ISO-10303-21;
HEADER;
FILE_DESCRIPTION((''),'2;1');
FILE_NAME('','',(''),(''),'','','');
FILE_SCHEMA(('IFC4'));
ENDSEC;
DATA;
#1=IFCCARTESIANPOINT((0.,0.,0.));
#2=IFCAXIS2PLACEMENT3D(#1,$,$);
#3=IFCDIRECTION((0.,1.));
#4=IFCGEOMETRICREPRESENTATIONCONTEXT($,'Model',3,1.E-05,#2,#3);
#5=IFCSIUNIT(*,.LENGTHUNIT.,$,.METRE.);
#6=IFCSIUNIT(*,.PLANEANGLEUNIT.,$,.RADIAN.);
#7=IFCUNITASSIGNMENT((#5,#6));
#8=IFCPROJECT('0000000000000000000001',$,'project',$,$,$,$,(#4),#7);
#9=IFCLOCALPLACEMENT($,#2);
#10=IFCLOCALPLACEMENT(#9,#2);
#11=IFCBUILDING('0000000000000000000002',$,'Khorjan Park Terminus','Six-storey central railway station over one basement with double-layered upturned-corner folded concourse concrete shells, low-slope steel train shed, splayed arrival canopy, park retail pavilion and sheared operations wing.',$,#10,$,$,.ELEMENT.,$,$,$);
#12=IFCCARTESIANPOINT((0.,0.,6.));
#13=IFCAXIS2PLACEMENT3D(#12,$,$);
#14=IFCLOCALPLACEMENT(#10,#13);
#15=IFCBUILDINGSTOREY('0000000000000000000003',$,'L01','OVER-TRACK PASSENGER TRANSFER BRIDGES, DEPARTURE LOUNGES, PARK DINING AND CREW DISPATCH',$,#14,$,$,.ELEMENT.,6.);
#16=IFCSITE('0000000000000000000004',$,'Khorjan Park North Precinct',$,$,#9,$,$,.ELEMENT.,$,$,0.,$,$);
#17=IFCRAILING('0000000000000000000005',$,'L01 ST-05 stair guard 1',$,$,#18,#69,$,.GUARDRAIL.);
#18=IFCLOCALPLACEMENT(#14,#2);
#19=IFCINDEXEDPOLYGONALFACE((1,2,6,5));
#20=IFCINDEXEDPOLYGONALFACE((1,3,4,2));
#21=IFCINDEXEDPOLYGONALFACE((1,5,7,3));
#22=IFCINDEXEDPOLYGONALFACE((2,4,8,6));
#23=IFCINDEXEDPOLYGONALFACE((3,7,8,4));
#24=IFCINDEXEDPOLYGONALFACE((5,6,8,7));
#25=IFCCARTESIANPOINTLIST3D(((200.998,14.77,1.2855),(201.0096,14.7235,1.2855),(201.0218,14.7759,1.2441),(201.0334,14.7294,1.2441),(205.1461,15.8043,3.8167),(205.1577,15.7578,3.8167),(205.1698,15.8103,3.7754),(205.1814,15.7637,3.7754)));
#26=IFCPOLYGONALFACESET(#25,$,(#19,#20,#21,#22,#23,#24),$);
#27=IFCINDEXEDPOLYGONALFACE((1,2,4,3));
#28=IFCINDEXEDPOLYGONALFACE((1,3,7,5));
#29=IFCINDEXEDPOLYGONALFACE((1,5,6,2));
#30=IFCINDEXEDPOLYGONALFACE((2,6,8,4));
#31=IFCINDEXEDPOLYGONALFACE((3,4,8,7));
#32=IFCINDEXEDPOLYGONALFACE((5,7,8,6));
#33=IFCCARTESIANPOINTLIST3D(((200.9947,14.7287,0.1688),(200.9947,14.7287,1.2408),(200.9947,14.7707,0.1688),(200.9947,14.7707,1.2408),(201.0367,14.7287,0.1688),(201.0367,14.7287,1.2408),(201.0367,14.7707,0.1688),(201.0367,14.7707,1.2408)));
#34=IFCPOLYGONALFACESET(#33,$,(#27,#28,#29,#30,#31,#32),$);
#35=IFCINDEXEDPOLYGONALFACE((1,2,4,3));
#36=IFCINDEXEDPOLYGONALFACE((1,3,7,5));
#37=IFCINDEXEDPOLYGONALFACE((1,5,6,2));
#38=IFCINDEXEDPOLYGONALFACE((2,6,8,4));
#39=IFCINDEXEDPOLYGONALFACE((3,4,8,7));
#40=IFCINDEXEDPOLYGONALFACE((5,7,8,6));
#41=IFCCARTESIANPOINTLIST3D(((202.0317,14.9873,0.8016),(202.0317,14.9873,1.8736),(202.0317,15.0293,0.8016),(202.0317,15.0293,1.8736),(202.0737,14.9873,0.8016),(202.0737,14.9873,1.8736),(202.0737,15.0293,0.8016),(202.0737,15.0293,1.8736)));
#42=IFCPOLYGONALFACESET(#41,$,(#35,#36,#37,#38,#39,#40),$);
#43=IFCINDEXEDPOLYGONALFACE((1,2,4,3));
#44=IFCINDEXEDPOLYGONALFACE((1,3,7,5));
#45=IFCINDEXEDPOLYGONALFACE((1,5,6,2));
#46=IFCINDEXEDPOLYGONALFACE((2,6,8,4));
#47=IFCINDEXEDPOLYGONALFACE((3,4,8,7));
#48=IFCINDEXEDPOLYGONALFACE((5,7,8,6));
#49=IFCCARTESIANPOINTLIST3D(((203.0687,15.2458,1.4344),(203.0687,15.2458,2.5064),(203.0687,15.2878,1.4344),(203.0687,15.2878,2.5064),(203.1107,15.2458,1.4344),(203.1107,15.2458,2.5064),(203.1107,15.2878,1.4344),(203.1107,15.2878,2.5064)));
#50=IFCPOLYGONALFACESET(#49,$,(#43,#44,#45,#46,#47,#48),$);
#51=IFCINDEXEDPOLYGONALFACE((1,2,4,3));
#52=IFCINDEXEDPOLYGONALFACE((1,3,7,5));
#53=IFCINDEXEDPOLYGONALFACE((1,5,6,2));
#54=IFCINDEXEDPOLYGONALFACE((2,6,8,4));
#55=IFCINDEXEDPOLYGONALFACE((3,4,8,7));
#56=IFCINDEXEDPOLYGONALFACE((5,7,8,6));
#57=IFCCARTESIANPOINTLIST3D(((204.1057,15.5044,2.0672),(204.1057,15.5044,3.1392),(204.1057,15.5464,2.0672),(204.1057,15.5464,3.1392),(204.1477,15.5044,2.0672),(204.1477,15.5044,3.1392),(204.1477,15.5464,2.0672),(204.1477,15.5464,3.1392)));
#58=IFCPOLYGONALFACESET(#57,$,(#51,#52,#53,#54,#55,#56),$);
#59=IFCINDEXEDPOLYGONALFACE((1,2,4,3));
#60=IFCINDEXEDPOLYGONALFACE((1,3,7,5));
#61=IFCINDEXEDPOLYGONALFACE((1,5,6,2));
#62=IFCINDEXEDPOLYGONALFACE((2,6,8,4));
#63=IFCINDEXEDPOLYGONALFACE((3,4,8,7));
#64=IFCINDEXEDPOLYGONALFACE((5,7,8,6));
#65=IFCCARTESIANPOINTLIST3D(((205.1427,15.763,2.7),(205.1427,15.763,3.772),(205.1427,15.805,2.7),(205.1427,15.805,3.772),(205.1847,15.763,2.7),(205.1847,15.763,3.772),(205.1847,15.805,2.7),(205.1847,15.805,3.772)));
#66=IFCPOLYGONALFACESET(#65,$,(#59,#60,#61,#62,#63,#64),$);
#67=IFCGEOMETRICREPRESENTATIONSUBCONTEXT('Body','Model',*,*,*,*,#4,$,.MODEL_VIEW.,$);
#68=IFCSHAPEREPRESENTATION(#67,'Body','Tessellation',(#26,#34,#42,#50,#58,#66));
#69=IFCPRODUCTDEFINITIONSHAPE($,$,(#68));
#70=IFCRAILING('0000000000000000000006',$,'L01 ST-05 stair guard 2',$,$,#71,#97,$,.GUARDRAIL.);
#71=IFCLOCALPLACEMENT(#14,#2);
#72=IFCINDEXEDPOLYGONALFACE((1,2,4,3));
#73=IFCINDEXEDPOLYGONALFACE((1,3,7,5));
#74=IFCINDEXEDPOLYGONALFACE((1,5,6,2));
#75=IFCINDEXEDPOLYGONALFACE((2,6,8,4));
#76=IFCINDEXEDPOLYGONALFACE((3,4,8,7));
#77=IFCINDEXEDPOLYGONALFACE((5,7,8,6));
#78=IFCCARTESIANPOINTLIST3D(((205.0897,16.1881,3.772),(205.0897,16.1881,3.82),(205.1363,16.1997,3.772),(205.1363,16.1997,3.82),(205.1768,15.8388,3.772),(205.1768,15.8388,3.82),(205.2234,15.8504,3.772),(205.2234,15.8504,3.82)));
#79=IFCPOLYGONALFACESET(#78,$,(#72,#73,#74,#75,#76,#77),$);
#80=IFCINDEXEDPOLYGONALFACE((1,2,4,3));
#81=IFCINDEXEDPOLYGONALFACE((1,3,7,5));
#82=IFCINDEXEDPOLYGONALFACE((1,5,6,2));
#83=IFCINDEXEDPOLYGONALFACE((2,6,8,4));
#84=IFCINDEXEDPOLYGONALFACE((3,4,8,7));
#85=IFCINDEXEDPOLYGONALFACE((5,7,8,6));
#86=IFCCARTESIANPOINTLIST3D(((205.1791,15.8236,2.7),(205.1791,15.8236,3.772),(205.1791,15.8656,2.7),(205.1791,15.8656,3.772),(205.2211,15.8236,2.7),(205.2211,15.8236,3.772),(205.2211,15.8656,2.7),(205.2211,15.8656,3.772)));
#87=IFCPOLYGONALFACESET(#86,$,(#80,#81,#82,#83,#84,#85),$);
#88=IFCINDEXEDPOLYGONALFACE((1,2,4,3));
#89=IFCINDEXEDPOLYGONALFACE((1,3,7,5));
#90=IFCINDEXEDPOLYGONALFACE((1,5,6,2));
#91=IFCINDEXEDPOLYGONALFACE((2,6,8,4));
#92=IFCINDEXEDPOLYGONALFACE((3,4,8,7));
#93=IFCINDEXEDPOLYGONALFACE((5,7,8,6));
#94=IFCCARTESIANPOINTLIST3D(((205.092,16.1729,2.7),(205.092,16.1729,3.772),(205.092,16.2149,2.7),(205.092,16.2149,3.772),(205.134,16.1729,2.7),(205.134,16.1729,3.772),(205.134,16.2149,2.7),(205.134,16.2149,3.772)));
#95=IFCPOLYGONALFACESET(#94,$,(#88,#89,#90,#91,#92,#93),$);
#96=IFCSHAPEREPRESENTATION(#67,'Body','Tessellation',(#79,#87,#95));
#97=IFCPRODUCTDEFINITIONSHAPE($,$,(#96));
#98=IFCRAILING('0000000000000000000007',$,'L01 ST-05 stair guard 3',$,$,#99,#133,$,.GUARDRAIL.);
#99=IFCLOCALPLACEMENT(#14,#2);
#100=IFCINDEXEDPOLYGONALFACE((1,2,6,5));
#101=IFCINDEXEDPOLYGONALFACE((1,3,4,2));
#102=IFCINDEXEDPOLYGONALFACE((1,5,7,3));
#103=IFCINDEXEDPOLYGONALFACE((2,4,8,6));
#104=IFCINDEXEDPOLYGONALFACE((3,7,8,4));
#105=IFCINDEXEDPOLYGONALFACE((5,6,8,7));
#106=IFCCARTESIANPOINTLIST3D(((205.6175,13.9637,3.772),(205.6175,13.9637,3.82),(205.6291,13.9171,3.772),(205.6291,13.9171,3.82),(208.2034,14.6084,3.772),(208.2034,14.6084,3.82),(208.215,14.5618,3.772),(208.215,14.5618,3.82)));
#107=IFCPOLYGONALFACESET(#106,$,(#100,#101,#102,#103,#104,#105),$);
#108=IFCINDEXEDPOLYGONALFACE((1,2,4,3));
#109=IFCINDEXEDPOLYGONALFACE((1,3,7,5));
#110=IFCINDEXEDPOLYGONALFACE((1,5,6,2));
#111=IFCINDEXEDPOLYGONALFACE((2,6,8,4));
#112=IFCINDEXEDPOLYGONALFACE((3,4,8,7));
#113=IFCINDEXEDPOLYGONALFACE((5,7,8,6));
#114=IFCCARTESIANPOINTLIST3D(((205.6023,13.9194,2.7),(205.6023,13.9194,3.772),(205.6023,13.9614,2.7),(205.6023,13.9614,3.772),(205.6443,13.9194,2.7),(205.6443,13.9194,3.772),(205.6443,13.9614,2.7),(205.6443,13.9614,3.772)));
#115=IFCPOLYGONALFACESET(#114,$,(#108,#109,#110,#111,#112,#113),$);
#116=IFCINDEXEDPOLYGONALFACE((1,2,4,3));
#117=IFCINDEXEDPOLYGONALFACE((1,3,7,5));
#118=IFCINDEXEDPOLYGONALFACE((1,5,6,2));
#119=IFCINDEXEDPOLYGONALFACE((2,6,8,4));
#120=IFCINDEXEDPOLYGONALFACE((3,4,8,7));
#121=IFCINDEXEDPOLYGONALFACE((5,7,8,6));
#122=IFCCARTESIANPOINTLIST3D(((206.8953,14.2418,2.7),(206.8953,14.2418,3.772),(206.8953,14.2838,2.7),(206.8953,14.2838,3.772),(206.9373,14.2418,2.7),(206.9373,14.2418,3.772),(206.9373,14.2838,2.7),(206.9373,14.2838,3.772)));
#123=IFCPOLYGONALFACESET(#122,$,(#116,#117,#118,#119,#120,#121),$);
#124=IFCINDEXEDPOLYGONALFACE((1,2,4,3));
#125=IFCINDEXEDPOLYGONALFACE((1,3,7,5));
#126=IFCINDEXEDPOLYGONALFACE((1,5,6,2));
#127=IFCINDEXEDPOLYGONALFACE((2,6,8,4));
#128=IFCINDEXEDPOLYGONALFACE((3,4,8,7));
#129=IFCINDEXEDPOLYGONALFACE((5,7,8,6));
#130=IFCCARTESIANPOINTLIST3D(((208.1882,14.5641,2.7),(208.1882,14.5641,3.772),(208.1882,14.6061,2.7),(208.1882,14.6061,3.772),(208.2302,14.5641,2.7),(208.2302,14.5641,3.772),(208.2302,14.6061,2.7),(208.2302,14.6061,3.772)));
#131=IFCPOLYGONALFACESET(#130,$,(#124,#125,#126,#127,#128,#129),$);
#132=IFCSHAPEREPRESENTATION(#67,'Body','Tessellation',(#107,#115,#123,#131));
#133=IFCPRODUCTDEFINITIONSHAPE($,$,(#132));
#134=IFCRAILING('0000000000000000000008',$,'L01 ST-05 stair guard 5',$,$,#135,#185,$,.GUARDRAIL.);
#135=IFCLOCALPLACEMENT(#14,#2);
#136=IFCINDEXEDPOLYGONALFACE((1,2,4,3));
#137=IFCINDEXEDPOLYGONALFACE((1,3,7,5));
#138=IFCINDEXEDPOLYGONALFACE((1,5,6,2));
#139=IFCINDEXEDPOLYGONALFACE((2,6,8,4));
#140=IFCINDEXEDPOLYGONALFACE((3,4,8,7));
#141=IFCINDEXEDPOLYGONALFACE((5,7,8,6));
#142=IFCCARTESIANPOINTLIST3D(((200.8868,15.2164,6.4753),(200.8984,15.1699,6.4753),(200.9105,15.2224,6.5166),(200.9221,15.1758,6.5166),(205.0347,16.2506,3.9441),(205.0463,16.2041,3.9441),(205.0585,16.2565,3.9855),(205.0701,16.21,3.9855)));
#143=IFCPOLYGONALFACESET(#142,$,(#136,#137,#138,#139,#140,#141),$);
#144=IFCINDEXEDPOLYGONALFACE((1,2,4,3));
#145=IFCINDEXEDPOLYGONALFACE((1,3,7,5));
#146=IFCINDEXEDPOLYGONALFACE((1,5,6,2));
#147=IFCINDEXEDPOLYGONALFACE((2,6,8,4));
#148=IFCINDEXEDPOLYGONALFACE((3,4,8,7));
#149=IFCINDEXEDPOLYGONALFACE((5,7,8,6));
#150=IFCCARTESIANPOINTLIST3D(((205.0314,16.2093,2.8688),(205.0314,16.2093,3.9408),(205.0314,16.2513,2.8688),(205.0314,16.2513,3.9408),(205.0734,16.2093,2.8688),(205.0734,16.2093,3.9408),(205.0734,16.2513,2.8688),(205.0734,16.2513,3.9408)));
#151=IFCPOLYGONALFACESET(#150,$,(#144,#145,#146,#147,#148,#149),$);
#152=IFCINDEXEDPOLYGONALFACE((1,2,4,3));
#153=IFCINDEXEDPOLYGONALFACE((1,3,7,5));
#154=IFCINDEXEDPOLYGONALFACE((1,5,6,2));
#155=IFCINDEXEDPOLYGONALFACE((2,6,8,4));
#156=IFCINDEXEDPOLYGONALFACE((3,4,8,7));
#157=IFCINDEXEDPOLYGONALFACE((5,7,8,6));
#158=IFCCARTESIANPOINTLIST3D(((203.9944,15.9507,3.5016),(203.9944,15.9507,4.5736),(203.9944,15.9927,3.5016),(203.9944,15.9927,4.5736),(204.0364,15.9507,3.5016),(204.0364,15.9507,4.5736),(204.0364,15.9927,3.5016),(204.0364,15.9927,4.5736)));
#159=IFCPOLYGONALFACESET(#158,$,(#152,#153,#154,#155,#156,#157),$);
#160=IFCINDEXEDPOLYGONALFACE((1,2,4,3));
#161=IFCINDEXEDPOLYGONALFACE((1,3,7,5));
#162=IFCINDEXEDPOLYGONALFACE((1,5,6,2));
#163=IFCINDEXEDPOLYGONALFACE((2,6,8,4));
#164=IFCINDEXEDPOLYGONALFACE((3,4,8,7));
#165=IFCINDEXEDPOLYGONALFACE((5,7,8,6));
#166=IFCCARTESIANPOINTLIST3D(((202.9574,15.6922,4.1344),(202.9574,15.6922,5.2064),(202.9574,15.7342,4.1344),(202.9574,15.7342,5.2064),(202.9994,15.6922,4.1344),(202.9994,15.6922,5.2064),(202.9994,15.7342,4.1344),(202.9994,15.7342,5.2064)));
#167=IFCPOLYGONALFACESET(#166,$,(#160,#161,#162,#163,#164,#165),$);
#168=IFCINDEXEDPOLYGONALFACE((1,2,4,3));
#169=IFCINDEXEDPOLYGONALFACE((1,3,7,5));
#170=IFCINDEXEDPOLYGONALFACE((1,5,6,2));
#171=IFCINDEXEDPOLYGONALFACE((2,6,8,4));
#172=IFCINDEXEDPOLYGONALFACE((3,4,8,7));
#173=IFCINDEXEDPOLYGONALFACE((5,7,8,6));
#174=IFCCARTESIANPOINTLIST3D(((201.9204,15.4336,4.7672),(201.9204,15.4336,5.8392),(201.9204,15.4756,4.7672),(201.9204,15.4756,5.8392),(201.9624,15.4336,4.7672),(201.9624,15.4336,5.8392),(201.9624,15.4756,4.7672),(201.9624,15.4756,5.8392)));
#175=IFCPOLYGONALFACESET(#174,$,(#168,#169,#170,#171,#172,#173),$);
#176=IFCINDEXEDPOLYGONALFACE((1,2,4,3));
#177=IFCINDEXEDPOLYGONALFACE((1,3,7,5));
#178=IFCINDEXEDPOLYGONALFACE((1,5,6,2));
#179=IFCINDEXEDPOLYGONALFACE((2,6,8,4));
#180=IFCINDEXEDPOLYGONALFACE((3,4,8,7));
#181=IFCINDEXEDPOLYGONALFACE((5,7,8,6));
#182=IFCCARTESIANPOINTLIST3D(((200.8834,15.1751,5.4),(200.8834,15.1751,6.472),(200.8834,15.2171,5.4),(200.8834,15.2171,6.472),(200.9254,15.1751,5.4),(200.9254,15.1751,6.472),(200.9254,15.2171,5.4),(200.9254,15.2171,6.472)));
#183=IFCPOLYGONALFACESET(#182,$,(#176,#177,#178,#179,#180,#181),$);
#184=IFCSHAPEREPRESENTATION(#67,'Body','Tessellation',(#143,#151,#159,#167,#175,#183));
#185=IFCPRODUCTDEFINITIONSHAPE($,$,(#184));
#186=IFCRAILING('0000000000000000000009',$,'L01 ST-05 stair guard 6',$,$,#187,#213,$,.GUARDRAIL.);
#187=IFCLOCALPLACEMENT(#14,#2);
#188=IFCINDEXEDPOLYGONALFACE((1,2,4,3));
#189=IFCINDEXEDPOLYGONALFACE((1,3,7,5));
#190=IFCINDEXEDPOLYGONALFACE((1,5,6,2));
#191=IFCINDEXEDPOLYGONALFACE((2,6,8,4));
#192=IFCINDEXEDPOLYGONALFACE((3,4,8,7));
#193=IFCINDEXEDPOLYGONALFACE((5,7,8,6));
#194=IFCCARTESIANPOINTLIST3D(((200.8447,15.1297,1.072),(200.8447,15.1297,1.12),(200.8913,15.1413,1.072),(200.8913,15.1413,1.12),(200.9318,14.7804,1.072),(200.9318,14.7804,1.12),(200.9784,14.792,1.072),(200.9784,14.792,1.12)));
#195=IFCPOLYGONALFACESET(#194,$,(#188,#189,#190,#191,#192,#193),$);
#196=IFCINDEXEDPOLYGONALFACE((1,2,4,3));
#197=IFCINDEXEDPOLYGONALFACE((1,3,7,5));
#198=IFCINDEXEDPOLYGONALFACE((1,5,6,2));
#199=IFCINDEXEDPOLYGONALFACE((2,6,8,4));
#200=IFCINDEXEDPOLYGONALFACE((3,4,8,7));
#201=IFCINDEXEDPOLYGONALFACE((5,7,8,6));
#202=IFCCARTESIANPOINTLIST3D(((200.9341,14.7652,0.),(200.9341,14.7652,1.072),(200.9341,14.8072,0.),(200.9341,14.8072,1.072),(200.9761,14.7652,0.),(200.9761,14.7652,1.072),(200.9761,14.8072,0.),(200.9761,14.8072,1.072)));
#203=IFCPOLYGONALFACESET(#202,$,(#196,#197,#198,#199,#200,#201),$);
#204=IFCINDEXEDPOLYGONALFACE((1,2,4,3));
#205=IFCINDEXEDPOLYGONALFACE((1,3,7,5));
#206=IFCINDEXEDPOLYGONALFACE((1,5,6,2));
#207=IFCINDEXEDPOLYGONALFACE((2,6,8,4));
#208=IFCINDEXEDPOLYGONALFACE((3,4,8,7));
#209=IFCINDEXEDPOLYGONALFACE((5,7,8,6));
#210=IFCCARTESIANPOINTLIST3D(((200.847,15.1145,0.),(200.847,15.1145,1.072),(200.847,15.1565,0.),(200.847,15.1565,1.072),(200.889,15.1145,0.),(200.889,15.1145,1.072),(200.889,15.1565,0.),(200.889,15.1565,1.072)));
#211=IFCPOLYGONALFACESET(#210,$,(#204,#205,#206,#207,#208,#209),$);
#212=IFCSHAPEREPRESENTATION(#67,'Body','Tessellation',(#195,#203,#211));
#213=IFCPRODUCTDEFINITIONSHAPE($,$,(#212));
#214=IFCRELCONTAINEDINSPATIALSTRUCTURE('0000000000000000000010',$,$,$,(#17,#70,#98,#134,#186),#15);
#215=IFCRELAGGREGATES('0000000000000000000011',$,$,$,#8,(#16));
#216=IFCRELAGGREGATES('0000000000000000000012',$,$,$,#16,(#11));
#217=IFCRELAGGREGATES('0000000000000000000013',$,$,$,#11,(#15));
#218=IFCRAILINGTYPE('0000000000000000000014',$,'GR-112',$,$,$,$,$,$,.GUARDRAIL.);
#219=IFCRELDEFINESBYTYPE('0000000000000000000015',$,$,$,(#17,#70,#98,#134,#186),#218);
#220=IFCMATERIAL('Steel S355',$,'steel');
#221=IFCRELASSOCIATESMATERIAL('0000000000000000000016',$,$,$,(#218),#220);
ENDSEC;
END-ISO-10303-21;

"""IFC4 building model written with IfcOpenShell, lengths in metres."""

from ifc_helpers import new_model, si_unit, direction, frame, origin, origin_2d, place, context, subcontext, project, spatial, rectangle, extrude, material, type_object, element, save


model = new_model("IFC4")

# Units and contexts
model_context = context("Model", 3, precision=1e-05, world=origin(), true_north=direction((0.0, 1.0)))
body_context = subcontext(model_context, "Body", "Model", "MODEL_VIEW")
ifc_project = project(units=[si_unit("LENGTHUNIT", "METRE"), si_unit("PLANEANGLEUNIT", "RADIAN")], contexts=[model_context])

# Site, building, storey
site_placement = place(None, origin())
site = spatial("IfcSite", under=ifc_project, at=site_placement, Name="Khorjan Park North Precinct", CompositionType="ELEMENT", RefElevation=0.0)
building_placement = place(site_placement, origin())
building = spatial("IfcBuilding", under=site, at=building_placement, Name="Khorjan Park Terminus", Description="Six-storey central railway station over one basement with double-layered upturned-corner folded concourse concrete shells, low-slope steel train shed, splayed arrival canopy, park retail pavilion and sheared operations wing.", CompositionType="ELEMENT")
storey_placement = place(building_placement, frame((0.0, 0.0, 6.0)))
storey = spatial("IfcBuildingStorey", under=building, at=storey_placement, Name="L01", Description="OVER-TRACK PASSENGER TRANSFER BRIDGES, DEPARTURE LOUNGES, PARK DINING AND CREW DISPATCH", CompositionType="ELEMENT", Elevation=6.0)

# Railings
ifc_material_1 = material(Name="Steel S355", Category="steel")
railing_type_1 = type_object("IfcRailingType", Name="GR-112", PredefinedType="GUARDRAIL", material=ifc_material_1)
railing_1_placement = place(storey_placement, frame((201.0157, 14.7497, 0.1688)))
element("IfcRailing", 1, at=railing_1_placement, inside=storey, type_object=railing_type_1, Name="L01 ST-05 stair guard 1", PredefinedType="GUARDRAIL", context=body_context, shape_type="SweptSolid", body=[
    extrude(rectangle(XDim=0.048, YDim=0.048, at=origin_2d()), frame((0.0, 0.0, 1.096), z_axis=(0.834916, 0.208186, 0.509484), x_axis=(-0.241941, 0.970291, 0.0)), (0.0, 0.0, 1.0), 4.9682),
    extrude(rectangle(XDim=0.042, YDim=0.042, at=origin_2d()), origin(), (0.0, 0.0, 1.0), 1.072),
    extrude(rectangle(XDim=0.042, YDim=0.042, at=origin_2d()), frame((1.037, 0.2586, 0.6328)), (0.0, 0.0, 1.0), 1.072),
    extrude(rectangle(XDim=0.042, YDim=0.042, at=origin_2d()), frame((2.074, 0.5171, 1.2656)), (0.0, 0.0, 1.0), 1.072),
    extrude(rectangle(XDim=0.042, YDim=0.042, at=origin_2d()), frame((3.111, 0.7757, 1.8984)), (0.0, 0.0, 1.0), 1.072),
    extrude(rectangle(XDim=0.042, YDim=0.042, at=origin_2d()), frame((4.148, 1.0343, 2.5312)), (0.0, 0.0, 1.0), 1.072),
])
railing_2_placement = place(storey_placement, frame((205.2001, 15.8446, 2.7)))
element("IfcRailing", 2, at=railing_2_placement, inside=storey, type_object=railing_type_1, Name="L01 ST-05 stair guard 2", PredefinedType="GUARDRAIL", context=body_context, shape_type="SweptSolid", body=[
    extrude(rectangle(XDim=0.048, YDim=0.048, at=origin_2d()), frame((0.0, 0.0, 1.096), z_axis=(-0.241947, 0.970289, 0.0), x_axis=(-0.970289, -0.241947, 0.0)), (0.0, 0.0, 1.0), 0.36),
    extrude(rectangle(XDim=0.042, YDim=0.042, at=origin_2d()), origin(), (0.0, 0.0, 1.0), 1.072),
    extrude(rectangle(XDim=0.042, YDim=0.042, at=origin_2d()), frame((-0.0871, 0.3493, 0.0)), (0.0, 0.0, 1.0), 1.072),
])
railing_3_placement = place(storey_placement, frame((205.6233, 13.9404, 2.7)))
element("IfcRailing", 3, at=railing_3_placement, inside=storey, type_object=railing_type_1, Name="L01 ST-05 stair guard 3", PredefinedType="GUARDRAIL", context=body_context, shape_type="SweptSolid", body=[
    extrude(rectangle(XDim=0.048, YDim=0.048, at=origin_2d()), frame((0.0, 0.0, 1.096), z_axis=(0.970299, 0.241909, 0.0), x_axis=(-0.241909, 0.970299, 0.0)), (0.0, 0.0, 1.0), 2.6651),
    extrude(rectangle(XDim=0.042, YDim=0.042, at=origin_2d()), origin(), (0.0, 0.0, 1.0), 1.072),
    extrude(rectangle(XDim=0.042, YDim=0.042, at=origin_2d()), frame((1.293, 0.3224, 0.0)), (0.0, 0.0, 1.0), 1.072),
    extrude(rectangle(XDim=0.042, YDim=0.042, at=origin_2d()), frame((2.5859, 0.6447, 0.0)), (0.0, 0.0, 1.0), 1.072),
])
railing_4_placement = place(storey_placement, frame((205.0524, 16.2303, 2.8688)))
element("IfcRailing", 4, at=railing_4_placement, inside=storey, type_object=railing_type_1, Name="L01 ST-05 stair guard 5", PredefinedType="GUARDRAIL", context=body_context, shape_type="SweptSolid", body=[
    extrude(rectangle(XDim=0.048, YDim=0.048, at=origin_2d()), frame((0.0, 0.0, 1.096), z_axis=(-0.83492, -0.208166, 0.509486), x_axis=(0.241919, -0.970296, 0.0)), (0.0, 0.0, 1.0), 4.9681),
    extrude(rectangle(XDim=0.042, YDim=0.042, at=origin_2d()), origin(), (0.0, 0.0, 1.0), 1.072),
    extrude(rectangle(XDim=0.042, YDim=0.042, at=origin_2d()), frame((-1.037, -0.2586, 0.6328)), (0.0, 0.0, 1.0), 1.072),
    extrude(rectangle(XDim=0.042, YDim=0.042, at=origin_2d()), frame((-2.074, -0.5171, 1.2656)), (0.0, 0.0, 1.0), 1.072),
    extrude(rectangle(XDim=0.042, YDim=0.042, at=origin_2d()), frame((-3.111, -0.7757, 1.8984)), (0.0, 0.0, 1.0), 1.072),
    extrude(rectangle(XDim=0.042, YDim=0.042, at=origin_2d()), frame((-4.148, -1.0342, 2.5312)), (0.0, 0.0, 1.0), 1.072),
])
railing_5_placement = place(storey_placement, frame((200.9551, 14.7862, 0.0)))
element("IfcRailing", 5, at=railing_5_placement, inside=storey, type_object=railing_type_1, Name="L01 ST-05 stair guard 6", PredefinedType="GUARDRAIL", context=body_context, shape_type="SweptSolid", body=[
    extrude(rectangle(XDim=0.048, YDim=0.048, at=origin_2d()), frame((0.0, 0.0, 1.096), z_axis=(-0.241947, 0.970289, 0.0), x_axis=(-0.970289, -0.241947, 0.0)), (0.0, 0.0, 1.0), 0.36),
    extrude(rectangle(XDim=0.042, YDim=0.042, at=origin_2d()), origin(), (0.0, 0.0, 1.0), 1.072),
    extrude(rectangle(XDim=0.042, YDim=0.042, at=origin_2d()), frame((-0.0871, 0.3493, 0.0)), (0.0, 0.0, 1.0), 1.072),
])

save(model, "model.ifc")
